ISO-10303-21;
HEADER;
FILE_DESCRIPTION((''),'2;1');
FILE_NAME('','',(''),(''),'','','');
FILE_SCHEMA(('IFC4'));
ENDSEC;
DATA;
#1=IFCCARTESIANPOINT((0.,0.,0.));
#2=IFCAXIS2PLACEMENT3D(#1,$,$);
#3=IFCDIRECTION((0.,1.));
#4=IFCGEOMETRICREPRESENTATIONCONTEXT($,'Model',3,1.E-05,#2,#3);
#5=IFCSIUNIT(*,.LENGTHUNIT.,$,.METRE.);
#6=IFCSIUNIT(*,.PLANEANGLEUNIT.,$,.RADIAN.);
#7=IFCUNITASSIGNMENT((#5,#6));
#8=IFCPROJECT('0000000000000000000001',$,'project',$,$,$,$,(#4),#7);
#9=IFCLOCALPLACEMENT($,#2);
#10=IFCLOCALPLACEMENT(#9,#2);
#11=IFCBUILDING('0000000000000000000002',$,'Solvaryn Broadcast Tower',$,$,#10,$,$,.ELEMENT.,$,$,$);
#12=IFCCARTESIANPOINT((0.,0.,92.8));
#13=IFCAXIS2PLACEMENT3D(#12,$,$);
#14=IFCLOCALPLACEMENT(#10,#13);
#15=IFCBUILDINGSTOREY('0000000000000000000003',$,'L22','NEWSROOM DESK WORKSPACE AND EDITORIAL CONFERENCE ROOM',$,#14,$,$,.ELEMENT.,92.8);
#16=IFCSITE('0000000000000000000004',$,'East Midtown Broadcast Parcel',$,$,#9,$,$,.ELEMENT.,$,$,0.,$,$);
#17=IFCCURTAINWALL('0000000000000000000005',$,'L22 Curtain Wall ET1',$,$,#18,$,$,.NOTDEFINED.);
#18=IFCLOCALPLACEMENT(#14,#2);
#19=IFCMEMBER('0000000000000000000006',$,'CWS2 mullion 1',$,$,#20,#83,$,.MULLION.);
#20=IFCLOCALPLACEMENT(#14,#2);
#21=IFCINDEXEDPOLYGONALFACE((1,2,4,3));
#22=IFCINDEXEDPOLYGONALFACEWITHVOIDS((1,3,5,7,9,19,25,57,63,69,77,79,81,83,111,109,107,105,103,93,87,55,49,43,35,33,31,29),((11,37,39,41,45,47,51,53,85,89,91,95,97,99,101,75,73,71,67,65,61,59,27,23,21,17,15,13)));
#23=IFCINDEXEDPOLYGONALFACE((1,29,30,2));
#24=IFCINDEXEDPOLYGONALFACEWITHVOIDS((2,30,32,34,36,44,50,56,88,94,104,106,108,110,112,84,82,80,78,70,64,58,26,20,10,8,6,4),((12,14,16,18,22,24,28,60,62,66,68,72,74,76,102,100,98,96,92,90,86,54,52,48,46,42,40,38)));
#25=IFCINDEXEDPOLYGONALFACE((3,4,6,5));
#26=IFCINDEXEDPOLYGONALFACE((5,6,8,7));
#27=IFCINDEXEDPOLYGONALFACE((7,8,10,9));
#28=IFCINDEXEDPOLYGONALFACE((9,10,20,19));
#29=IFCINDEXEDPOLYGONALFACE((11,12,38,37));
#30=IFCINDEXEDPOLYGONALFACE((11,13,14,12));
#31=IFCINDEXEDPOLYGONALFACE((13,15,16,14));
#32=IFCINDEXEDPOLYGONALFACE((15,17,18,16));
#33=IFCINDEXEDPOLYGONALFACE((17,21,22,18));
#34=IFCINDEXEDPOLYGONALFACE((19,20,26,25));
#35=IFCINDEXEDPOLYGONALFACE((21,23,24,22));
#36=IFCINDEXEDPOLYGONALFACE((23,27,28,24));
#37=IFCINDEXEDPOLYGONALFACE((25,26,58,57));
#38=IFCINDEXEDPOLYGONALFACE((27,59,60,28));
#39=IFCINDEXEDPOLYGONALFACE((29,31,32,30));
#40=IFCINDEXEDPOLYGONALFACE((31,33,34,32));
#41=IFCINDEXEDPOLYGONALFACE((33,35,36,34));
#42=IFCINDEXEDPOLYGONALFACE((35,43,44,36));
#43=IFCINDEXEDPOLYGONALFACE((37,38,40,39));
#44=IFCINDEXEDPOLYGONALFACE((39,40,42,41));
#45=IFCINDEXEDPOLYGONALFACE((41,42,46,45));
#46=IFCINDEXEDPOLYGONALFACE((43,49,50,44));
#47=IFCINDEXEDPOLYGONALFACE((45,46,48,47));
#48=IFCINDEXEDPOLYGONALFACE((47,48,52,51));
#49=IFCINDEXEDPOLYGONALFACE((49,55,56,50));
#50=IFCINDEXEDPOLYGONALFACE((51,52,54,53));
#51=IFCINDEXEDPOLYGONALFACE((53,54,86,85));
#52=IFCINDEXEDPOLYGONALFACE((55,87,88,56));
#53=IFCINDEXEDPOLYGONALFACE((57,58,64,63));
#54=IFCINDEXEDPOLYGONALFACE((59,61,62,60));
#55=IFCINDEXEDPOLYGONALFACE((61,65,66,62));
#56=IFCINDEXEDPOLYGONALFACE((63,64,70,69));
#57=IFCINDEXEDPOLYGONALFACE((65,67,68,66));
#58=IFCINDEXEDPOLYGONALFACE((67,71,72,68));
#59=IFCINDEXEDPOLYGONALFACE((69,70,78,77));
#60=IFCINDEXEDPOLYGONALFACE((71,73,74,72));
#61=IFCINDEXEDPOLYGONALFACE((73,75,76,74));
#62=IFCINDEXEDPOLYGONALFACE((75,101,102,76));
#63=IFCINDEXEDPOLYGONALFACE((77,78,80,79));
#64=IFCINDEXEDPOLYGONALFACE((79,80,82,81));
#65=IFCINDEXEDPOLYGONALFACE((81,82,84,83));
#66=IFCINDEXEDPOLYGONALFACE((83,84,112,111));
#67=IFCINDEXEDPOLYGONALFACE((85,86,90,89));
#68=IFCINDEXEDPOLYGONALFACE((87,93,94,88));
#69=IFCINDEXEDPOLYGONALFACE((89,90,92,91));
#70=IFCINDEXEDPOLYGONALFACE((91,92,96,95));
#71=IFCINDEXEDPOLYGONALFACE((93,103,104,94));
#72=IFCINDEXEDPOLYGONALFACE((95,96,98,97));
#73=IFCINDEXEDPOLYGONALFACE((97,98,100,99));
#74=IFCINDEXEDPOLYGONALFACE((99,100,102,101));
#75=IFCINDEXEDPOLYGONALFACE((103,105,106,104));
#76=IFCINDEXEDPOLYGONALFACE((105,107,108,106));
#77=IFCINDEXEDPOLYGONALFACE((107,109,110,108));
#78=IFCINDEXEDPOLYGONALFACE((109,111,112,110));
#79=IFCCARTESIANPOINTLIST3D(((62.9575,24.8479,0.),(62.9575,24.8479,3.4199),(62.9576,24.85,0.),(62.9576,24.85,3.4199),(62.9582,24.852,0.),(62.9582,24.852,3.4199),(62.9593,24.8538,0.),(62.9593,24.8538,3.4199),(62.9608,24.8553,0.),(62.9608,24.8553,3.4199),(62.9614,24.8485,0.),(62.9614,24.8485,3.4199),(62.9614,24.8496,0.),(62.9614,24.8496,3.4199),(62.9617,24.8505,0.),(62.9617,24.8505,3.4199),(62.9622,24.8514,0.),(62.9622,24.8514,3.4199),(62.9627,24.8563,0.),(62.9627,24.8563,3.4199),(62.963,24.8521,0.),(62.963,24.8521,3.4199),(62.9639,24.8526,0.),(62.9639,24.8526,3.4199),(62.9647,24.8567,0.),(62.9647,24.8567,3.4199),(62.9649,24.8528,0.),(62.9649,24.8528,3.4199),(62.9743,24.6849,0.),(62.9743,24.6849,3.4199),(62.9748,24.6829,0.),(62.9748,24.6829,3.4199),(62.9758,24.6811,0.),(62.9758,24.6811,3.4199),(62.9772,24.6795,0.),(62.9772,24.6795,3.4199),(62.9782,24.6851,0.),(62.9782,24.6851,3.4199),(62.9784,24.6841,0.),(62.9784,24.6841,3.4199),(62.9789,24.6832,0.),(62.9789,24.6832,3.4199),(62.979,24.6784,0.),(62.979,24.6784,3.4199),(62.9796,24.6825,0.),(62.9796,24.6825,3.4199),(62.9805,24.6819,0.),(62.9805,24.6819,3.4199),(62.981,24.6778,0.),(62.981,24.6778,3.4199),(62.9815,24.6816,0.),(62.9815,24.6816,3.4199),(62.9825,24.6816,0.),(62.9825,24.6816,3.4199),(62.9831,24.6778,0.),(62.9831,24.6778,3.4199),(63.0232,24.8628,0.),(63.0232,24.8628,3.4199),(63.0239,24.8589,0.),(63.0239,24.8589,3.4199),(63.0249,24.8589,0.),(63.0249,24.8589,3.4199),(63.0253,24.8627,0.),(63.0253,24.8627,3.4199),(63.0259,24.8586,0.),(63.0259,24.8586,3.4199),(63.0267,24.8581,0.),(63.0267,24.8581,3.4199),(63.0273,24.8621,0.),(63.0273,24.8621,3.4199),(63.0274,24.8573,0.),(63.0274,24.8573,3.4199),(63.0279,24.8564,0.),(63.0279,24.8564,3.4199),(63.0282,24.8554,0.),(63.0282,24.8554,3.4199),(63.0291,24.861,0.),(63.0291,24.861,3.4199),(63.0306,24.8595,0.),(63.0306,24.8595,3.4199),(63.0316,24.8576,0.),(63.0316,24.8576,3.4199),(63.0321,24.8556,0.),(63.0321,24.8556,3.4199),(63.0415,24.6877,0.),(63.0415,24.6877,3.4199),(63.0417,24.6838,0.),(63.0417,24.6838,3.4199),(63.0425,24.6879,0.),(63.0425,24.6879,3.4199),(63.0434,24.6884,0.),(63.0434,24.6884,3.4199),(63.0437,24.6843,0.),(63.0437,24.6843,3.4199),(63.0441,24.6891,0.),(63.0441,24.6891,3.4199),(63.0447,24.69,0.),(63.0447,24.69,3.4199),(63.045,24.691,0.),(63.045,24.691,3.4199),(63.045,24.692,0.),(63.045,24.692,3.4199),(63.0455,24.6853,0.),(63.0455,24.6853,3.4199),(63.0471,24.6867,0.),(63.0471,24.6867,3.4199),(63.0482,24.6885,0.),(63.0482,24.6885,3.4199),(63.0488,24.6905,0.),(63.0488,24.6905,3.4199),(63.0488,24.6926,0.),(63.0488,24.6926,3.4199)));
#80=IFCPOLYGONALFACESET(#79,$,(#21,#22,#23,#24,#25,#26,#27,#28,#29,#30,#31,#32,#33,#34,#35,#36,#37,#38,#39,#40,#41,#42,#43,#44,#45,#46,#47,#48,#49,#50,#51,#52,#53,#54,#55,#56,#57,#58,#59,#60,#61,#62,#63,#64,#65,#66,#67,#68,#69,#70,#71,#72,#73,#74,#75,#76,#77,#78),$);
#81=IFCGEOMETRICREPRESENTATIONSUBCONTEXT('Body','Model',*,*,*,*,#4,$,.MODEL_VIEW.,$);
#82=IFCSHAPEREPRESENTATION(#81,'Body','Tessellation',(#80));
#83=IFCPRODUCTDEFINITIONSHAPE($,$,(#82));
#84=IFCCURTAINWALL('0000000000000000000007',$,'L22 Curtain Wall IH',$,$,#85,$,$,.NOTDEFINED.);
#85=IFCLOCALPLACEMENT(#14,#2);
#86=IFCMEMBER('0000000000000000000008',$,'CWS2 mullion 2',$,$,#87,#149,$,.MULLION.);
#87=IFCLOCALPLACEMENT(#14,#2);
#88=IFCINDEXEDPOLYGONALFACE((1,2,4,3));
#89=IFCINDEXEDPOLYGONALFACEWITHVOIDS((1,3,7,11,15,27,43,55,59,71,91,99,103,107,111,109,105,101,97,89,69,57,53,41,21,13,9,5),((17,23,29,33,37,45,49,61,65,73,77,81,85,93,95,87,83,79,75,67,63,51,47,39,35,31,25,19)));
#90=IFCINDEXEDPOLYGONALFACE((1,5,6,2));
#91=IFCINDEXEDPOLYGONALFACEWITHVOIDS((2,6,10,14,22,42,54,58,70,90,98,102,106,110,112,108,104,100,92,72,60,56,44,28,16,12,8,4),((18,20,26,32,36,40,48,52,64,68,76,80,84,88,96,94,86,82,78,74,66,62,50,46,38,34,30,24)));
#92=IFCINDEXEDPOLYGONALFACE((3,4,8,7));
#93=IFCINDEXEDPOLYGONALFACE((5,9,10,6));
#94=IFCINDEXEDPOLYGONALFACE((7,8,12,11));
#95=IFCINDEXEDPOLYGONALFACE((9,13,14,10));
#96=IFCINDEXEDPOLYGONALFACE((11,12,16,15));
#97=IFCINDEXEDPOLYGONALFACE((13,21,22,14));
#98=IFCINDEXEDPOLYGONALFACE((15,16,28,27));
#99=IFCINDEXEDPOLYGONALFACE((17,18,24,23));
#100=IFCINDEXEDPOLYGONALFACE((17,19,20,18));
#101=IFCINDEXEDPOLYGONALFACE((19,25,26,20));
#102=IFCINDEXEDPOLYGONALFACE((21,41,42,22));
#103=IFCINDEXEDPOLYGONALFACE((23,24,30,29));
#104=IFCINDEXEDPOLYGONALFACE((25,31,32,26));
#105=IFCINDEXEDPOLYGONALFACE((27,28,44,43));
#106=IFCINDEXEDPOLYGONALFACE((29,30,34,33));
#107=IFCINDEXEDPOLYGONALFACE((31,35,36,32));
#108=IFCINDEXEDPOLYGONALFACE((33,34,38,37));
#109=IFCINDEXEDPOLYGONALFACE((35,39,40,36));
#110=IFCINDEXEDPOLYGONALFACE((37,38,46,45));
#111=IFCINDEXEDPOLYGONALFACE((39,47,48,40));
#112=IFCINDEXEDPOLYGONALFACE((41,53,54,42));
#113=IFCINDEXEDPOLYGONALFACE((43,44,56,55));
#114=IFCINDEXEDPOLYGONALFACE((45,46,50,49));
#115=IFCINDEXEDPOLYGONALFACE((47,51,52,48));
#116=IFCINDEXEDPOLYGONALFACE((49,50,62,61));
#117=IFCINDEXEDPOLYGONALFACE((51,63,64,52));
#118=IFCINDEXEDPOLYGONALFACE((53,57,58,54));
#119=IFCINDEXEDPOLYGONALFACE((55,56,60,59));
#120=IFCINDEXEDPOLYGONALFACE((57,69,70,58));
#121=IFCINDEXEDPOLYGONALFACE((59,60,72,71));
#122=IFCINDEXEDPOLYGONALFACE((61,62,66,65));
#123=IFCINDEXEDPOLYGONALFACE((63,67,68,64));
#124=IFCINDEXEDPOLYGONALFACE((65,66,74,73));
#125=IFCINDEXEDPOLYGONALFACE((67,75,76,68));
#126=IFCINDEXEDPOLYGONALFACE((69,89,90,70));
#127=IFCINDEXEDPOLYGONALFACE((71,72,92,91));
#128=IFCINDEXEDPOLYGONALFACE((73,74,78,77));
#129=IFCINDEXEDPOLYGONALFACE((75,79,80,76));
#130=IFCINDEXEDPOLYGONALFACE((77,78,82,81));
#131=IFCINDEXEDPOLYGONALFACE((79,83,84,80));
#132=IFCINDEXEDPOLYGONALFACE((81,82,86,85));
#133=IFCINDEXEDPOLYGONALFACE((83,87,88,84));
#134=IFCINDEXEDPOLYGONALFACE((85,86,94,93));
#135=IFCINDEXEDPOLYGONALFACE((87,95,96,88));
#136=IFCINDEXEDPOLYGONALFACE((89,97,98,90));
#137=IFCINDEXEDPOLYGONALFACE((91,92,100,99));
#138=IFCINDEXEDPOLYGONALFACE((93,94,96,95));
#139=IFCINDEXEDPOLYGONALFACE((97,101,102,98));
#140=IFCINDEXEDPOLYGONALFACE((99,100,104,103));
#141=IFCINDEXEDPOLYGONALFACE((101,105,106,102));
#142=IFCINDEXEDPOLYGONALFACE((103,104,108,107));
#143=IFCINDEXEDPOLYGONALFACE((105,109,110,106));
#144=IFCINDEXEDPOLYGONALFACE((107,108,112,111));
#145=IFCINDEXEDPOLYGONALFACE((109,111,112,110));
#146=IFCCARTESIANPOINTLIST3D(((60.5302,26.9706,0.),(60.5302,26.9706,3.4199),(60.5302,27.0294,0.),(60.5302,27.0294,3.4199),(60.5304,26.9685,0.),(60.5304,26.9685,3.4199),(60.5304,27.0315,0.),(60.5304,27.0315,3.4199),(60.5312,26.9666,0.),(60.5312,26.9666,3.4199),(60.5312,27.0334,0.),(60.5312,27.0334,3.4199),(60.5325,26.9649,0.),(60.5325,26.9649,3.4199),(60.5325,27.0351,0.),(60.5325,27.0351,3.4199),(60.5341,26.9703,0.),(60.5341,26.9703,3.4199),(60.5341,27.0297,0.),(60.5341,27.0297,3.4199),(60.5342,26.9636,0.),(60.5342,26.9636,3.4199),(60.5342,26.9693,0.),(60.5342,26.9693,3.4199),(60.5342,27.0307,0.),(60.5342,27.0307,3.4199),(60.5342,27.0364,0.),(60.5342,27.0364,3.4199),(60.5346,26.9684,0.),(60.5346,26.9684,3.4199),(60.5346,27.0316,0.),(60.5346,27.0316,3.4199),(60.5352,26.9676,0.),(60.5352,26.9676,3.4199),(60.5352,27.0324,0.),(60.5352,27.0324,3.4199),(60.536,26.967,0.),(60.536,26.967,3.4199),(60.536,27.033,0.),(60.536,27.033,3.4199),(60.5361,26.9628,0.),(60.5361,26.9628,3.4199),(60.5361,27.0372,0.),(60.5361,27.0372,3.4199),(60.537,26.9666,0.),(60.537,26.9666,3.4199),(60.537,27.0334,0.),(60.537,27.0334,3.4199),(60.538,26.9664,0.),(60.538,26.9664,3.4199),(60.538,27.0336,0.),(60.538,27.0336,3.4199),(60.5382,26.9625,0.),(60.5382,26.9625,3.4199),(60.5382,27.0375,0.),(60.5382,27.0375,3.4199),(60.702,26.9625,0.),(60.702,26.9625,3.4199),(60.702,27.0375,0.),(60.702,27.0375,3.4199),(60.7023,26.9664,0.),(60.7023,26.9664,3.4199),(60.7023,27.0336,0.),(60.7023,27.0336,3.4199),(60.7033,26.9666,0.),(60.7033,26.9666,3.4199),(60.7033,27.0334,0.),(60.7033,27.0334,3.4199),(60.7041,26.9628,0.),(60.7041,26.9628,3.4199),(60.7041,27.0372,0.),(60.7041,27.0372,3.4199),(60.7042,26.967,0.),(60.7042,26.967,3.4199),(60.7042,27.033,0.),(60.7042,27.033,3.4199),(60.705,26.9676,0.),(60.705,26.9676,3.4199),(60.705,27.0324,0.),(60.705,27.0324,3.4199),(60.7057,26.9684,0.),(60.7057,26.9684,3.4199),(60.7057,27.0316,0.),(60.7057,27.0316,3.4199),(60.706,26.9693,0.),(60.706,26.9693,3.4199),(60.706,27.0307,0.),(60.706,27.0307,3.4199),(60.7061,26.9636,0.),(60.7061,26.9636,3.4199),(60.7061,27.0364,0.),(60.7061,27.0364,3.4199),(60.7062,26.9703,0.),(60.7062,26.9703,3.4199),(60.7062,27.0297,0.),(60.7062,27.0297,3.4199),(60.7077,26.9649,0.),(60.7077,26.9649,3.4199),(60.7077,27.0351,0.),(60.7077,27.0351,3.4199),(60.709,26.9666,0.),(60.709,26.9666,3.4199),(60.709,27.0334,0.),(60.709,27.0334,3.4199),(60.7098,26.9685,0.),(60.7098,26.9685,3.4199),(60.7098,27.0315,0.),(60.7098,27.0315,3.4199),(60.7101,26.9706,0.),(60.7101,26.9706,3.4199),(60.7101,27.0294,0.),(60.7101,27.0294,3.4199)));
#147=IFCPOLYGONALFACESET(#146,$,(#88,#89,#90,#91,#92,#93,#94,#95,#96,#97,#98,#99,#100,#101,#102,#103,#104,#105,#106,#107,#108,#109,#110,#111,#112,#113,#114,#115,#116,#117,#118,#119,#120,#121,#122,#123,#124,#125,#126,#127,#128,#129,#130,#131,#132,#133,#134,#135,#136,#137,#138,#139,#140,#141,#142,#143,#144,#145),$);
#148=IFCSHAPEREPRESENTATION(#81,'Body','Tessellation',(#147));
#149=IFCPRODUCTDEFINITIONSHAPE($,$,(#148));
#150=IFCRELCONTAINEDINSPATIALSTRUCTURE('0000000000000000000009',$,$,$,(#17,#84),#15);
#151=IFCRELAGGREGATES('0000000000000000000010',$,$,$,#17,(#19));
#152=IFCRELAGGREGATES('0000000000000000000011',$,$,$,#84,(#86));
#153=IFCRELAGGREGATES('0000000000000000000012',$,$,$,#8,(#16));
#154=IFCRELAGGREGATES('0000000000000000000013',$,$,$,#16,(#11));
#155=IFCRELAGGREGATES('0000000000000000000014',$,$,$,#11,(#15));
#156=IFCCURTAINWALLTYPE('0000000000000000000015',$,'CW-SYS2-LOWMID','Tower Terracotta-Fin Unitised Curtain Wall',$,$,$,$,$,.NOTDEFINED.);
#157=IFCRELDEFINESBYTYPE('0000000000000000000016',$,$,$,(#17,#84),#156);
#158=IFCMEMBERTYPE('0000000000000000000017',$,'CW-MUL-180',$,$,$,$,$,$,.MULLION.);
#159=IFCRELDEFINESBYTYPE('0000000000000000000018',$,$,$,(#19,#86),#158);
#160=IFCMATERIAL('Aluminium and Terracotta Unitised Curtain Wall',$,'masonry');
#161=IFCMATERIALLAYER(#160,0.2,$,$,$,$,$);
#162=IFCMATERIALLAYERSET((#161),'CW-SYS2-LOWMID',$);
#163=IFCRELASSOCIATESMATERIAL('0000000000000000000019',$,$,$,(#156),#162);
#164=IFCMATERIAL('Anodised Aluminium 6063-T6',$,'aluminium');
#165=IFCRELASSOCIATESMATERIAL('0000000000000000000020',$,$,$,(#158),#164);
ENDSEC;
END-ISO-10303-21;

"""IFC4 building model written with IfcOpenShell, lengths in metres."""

from ifc_helpers import new_model, si_unit, direction, frame, origin, origin_2d, place, context, subcontext, project, spatial, hollow_rectangle, extrude, material, layer, layer_set, material_profile, profile_set, type_object, element, aggregate, save


model = new_model("IFC4")

# Units and contexts
model_context = context("Model", 3, precision=1e-05, world=origin(), true_north=direction((0.0, 1.0)))
body_context = subcontext(model_context, "Body", "Model", "MODEL_VIEW")
ifc_project = project(units=[si_unit("LENGTHUNIT", "METRE"), si_unit("PLANEANGLEUNIT", "RADIAN")], contexts=[model_context])

# Site, building, storey
site_placement = place(None, origin())
site = spatial("IfcSite", under=ifc_project, at=site_placement, Name="East Midtown Broadcast Parcel", CompositionType="ELEMENT", RefElevation=0.0)
building_placement = place(site_placement, origin())
building = spatial("IfcBuilding", under=site, at=building_placement, Name="Solvaryn Broadcast Tower", CompositionType="ELEMENT")
storey_placement = place(building_placement, frame((0.0, 0.0, 92.8)))
storey = spatial("IfcBuildingStorey", under=building, at=storey_placement, Name="L22", Description="NEWSROOM DESK WORKSPACE AND EDITORIAL CONFERENCE ROOM", CompositionType="ELEMENT", Elevation=92.8)

# Curtain walls, members
ifc_material_1 = material(Name="Aluminium and Terracotta Unitised Curtain Wall", Category="masonry")
ifc_layer_1 = layer(ifc_material_1, 0.2)
ifc_layer_set_1 = layer_set([ifc_layer_1], Name="CW-SYS2-LOWMID")
curtain_wall_type = type_object("IfcCurtainWallType", Name="CW-SYS2-LOWMID", Description="Tower Terracotta-Fin Unitised Curtain Wall", PredefinedType="NOTDEFINED", material=ifc_layer_set_1)
curtain_wall_1_placement = place(storey_placement, origin())
curtain_wall_1 = element("IfcCurtainWall", 1, at=curtain_wall_1_placement, inside=storey, type_object=curtain_wall_type, Name="L22 Curtain Wall ET1", PredefinedType="NOTDEFINED")
ifc_material_2 = material(Name="Anodised Aluminium 6063-T6", Category="aluminium")
ifc_material_profile_1 = material_profile(ifc_material_2, hollow_rectangle(XDim=0.075, YDim=0.1799, WallThickness=0.0039, InnerFilletRadius=0.0039, OuterFilletRadius=0.0081, at=origin_2d()))
ifc_profile_set_1 = profile_set([ifc_material_profile_1], Name="Anodised Aluminium 6063-T6")
member_type_1 = type_object("IfcMemberType", Name="CW-MUL-180", PredefinedType="MULLION", material=ifc_profile_set_1)
member_1_placement = place(storey_placement, frame((63.0032, 24.7703, 0.0), z_axis=(0.0, 0.0, 1.0), x_axis=(0.994743, 0.1024, 0.0)))
member_1 = element("IfcMember", 2, at=member_1_placement, type_object=member_type_1, Name="CWS2 mullion 1", PredefinedType="MULLION", context=body_context, shape_type="SweptSolid", body=[
    extrude(hollow_rectangle(XDim=0.075, YDim=0.1799, WallThickness=0.0039, InnerFilletRadius=0.0039, OuterFilletRadius=0.0081, at=origin_2d()), origin(), (0.0, 0.0, 1.0), 3.4199),
])
curtain_wall_2_placement = place(storey_placement, origin())
curtain_wall_2 = element("IfcCurtainWall", 3, at=curtain_wall_2_placement, inside=storey, type_object=curtain_wall_type, Name="L22 Curtain Wall IH", PredefinedType="NOTDEFINED")
member_2_placement = place(storey_placement, frame((60.6201, 27.0, 0.0), z_axis=(0.0, 0.0, 1.0), x_axis=(0.0, 1.0, 0.0)))
member_2 = element("IfcMember", 4, at=member_2_placement, type_object=member_type_1, Name="CWS2 mullion 2", PredefinedType="MULLION", context=body_context, shape_type="SweptSolid", body=[
    extrude(hollow_rectangle(XDim=0.075, YDim=0.1799, WallThickness=0.0039, InnerFilletRadius=0.0039, OuterFilletRadius=0.0081, at=origin_2d()), origin(), (0.0, 0.0, 1.0), 3.4199),
])

aggregate(curtain_wall_1, [member_1])
aggregate(curtain_wall_2, [member_2])

save(model, "model.ifc")
